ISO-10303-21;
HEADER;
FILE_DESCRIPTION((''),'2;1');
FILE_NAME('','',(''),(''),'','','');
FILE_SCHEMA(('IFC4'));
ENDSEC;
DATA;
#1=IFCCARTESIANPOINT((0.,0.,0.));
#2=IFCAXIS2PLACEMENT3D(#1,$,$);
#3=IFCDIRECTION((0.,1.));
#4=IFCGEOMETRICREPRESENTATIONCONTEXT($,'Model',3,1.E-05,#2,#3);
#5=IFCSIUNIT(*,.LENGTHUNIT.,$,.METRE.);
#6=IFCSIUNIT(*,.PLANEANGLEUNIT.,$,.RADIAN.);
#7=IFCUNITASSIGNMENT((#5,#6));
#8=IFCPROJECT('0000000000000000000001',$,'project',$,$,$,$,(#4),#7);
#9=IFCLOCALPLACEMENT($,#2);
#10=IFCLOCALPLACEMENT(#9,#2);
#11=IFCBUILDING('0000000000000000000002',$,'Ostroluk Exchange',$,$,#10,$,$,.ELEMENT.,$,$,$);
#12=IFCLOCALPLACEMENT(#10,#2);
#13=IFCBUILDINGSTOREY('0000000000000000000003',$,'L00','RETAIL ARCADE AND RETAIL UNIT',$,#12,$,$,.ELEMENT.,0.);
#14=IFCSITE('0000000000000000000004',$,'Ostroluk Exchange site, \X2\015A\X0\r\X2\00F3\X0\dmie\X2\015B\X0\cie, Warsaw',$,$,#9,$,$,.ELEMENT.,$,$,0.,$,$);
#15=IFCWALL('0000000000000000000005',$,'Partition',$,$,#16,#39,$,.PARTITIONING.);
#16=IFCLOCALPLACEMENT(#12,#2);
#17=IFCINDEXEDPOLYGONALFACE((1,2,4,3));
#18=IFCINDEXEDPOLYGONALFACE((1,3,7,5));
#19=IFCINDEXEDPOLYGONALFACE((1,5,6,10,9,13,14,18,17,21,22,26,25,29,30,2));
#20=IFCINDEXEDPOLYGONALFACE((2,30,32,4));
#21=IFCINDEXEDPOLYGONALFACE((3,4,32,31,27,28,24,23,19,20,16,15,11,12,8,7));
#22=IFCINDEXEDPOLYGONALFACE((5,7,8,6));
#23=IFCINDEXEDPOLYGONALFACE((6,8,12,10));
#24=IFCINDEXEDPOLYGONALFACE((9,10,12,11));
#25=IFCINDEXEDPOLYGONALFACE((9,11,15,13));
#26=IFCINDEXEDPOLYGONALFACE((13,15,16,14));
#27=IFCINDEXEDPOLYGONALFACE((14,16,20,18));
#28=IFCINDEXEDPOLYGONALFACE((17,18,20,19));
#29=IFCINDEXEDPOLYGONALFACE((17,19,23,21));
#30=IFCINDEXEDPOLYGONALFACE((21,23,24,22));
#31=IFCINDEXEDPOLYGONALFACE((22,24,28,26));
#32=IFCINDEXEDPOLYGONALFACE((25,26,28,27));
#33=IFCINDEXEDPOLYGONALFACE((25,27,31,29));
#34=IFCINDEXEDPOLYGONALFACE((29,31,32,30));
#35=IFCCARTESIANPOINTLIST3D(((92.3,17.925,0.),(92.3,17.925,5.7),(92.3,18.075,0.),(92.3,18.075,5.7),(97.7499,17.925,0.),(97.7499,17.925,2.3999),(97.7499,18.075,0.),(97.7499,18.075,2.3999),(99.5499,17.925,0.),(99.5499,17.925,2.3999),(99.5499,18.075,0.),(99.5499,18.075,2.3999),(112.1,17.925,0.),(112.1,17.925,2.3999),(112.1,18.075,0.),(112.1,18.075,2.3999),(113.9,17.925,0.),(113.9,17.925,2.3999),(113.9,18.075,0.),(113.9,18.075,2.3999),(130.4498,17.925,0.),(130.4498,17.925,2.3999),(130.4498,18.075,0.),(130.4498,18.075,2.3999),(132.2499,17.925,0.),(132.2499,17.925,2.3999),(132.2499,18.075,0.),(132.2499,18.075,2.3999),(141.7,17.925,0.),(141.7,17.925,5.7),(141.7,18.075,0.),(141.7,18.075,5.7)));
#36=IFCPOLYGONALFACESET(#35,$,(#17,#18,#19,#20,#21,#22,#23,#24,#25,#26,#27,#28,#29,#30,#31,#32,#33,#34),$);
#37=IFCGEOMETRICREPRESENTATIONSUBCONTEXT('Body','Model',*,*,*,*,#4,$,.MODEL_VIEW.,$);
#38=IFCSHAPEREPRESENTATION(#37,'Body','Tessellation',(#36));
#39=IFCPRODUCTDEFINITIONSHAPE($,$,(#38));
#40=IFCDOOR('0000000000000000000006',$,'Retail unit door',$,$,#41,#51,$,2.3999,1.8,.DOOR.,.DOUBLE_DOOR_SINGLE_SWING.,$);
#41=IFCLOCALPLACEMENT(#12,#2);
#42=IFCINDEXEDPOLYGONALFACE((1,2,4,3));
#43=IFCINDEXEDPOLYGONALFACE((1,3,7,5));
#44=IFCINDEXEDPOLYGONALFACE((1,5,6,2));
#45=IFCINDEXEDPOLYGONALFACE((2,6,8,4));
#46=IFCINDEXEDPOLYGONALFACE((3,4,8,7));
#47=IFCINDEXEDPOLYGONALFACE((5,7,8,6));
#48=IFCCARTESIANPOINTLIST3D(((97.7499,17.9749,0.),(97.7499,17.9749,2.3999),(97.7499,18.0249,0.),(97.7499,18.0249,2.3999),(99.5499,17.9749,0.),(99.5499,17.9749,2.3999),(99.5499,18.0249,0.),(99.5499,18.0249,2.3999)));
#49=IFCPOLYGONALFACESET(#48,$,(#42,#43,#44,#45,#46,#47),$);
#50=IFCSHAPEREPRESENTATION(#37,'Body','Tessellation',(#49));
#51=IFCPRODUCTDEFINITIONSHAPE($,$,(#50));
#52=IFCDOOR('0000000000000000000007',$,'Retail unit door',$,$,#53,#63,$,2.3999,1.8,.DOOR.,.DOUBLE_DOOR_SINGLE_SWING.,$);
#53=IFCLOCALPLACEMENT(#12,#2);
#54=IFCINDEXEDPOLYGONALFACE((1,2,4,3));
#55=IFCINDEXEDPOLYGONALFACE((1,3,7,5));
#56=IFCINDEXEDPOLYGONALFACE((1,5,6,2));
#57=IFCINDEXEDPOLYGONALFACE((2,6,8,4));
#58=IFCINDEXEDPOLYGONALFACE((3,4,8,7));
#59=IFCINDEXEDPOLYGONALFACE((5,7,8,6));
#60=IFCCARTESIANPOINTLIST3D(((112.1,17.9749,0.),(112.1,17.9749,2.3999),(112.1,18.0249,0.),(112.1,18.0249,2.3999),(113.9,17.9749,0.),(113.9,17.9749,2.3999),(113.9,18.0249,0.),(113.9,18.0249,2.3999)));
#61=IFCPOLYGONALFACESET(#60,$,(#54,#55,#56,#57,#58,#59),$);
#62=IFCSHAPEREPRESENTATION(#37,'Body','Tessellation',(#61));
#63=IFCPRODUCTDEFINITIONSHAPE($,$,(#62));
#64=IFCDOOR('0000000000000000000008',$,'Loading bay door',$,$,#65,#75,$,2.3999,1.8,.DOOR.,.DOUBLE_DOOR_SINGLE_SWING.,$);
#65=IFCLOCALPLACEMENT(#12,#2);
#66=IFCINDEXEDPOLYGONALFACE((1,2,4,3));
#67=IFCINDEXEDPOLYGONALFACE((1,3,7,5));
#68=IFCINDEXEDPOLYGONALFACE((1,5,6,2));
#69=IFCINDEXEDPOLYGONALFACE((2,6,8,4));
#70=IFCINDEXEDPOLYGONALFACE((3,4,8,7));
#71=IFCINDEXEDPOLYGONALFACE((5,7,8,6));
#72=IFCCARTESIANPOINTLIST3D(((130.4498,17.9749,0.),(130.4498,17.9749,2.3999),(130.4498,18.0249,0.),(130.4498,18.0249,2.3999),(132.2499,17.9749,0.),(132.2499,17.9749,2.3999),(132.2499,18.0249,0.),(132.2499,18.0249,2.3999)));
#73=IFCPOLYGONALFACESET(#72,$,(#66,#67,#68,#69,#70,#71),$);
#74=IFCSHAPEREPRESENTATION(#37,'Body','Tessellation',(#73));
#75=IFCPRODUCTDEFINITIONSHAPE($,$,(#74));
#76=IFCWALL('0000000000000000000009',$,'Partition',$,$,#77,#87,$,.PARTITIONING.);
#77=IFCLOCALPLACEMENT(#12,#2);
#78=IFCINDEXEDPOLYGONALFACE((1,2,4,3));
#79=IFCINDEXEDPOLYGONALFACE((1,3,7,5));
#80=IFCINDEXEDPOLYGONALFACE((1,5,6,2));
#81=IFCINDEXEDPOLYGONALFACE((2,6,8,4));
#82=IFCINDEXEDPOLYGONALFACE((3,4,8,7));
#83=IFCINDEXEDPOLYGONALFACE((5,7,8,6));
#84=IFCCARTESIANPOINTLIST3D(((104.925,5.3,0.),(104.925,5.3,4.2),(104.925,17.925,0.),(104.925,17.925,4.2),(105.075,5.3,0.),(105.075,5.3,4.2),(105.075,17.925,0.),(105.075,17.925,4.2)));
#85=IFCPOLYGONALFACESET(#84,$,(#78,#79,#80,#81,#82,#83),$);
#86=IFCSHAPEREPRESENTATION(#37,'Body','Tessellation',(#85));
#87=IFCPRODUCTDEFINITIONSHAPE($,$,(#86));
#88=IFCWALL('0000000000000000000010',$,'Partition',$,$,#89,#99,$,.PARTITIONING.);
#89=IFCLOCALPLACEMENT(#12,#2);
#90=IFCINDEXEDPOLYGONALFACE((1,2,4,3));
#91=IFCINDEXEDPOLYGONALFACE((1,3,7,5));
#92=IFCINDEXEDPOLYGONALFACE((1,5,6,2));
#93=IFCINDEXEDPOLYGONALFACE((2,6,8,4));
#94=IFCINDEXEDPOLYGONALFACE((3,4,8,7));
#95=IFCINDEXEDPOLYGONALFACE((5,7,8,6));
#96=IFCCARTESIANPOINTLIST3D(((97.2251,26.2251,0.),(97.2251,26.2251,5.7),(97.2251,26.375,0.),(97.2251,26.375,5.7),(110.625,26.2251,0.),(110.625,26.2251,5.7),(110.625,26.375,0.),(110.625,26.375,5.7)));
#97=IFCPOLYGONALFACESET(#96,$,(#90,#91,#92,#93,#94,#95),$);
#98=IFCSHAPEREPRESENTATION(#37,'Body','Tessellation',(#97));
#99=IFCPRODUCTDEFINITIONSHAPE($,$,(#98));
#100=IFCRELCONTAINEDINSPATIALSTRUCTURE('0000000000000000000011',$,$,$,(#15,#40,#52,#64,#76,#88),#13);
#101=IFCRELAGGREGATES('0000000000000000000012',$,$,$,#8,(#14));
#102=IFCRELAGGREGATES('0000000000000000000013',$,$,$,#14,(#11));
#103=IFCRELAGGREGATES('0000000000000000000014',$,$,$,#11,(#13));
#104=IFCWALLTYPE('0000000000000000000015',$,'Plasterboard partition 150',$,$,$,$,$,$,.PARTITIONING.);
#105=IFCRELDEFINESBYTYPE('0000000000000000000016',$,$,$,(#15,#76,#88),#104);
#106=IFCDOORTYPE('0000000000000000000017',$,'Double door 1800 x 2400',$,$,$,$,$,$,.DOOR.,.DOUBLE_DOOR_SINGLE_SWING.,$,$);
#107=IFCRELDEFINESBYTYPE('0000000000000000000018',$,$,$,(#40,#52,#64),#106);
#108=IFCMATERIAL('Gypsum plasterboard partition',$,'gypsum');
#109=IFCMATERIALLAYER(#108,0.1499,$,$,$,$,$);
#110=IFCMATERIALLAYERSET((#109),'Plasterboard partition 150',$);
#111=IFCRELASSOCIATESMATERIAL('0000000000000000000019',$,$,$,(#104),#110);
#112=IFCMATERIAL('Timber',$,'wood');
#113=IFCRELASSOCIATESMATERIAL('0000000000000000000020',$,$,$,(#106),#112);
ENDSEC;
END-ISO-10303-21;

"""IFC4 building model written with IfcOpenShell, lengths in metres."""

from ifc_helpers import new_model, si_unit, direction, frame, frame_2d, origin, place, context, subcontext, project, spatial, rectangle, extrude, material, layer, layer_set, type_object, element, fill, save


model = new_model("IFC4")

# Units and contexts
model_context = context("Model", 3, precision=1e-05, world=origin(), true_north=direction((0.0, 1.0)))
body_context = subcontext(model_context, "Body", "Model", "MODEL_VIEW")
ifc_project = project(units=[si_unit("LENGTHUNIT", "METRE"), si_unit("PLANEANGLEUNIT", "RADIAN")], contexts=[model_context])

# Site, building, storey
site_placement = place(None, origin())
site = spatial("IfcSite", under=ifc_project, at=site_placement, Name="Ostroluk Exchange site, Śródmieście, Warsaw", CompositionType="ELEMENT", RefElevation=0.0)
building_placement = place(site_placement, origin())
building = spatial("IfcBuilding", under=site, at=building_placement, Name="Ostroluk Exchange", CompositionType="ELEMENT")
storey_placement = place(building_placement, origin())
storey = spatial("IfcBuildingStorey", under=building, at=storey_placement, Name="L00", Description="RETAIL ARCADE AND RETAIL UNIT", CompositionType="ELEMENT", Elevation=0.0)

# Wall, openings, doors
ifc_material_1 = material(Name="Gypsum plasterboard partition", Category="gypsum")
ifc_layer = layer(ifc_material_1, 0.1499)
ifc_layer_set = layer_set([ifc_layer], Name="Plasterboard partition 150")
wall_type = type_object("IfcWallType", Name="Plasterboard partition 150", PredefinedType="PARTITIONING", material=ifc_layer_set)
wall_1_placement = place(storey_placement, frame((92.3, 18.0, 0.0), z_axis=(0.0, 0.0, 1.0), x_axis=(1.0, 0.0, 0.0)))
wall_1 = element("IfcWall", 1, at=wall_1_placement, inside=storey, type_object=wall_type, Name="Partition", PredefinedType="PARTITIONING", context=body_context, shape_type="SweptSolid", body=[
    extrude(rectangle(XDim=49.3999, YDim=0.1499, at=frame_2d((24.7, 0.0))), origin(), (0.0, 0.0, 1.0), 5.7),
])
opening_1_placement = place(wall_1_placement, frame((5.45, 0.0, 0.0)))
opening_1 = element("IfcOpeningElement", 2, at=opening_1_placement, cuts=wall_1, PredefinedType="OPENING", context=body_context, shape_type="SweptSolid", body=[
    extrude(rectangle(XDim=1.8, YDim=2.3999, at=frame_2d((0.8999, 1.2))), frame((0.0, 0.085, 0.0), z_axis=(0.0, -1.0, 0.0), x_axis=(1.0, 0.0, 0.0)), (0.0, 0.0, 1.0), 0.1699),
])
opening_2_placement = place(wall_1_placement, frame((19.8, 0.0, 0.0)))
opening_2 = element("IfcOpeningElement", 3, at=opening_2_placement, cuts=wall_1, PredefinedType="OPENING", context=body_context, shape_type="SweptSolid", body=[
    extrude(rectangle(XDim=1.8, YDim=2.3999, at=frame_2d((0.8999, 1.2))), frame((0.0, 0.085, 0.0), z_axis=(0.0, -1.0, 0.0), x_axis=(1.0, 0.0, 0.0)), (0.0, 0.0, 1.0), 0.1699),
])
opening_3_placement = place(wall_1_placement, frame((38.1499, 0.0, 0.0)))
opening_3 = element("IfcOpeningElement", 4, at=opening_3_placement, cuts=wall_1, PredefinedType="OPENING", context=body_context, shape_type="SweptSolid", body=[
    extrude(rectangle(XDim=1.8, YDim=2.3999, at=frame_2d((0.8999, 1.2))), frame((0.0, 0.085, 0.0), z_axis=(0.0, -1.0, 0.0), x_axis=(1.0, 0.0, 0.0)), (0.0, 0.0, 1.0), 0.1699),
])
ifc_material_2 = material(Name="Timber", Category="wood")
door_type = type_object("IfcDoorType", Name="Double door 1800 x 2400", OperationType="DOUBLE_DOOR_SINGLE_SWING", PredefinedType="DOOR", material=ifc_material_2)
door_1_placement = place(opening_1_placement, origin())
door_1 = element("IfcDoor", 5, at=door_1_placement, inside=storey, type_object=door_type, Name="Retail unit door", OperationType="DOUBLE_DOOR_SINGLE_SWING", OverallHeight=2.3999, OverallWidth=1.8, PredefinedType="DOOR", context=body_context, shape_type="SweptSolid", body=[
    extrude(rectangle(XDim=1.8, YDim=2.3999, at=frame_2d((0.8999, 1.2))), frame((0.0, 0.0249, 0.0), z_axis=(0.0, -1.0, 0.0), x_axis=(1.0, 0.0, 0.0)), (0.0, 0.0, 1.0), 0.05),
])
fill(opening_1, door_1)
door_2_placement = place(opening_2_placement, origin())
door_2 = element("IfcDoor", 6, at=door_2_placement, inside=storey, type_object=door_type, Name="Retail unit door", OperationType="DOUBLE_DOOR_SINGLE_SWING", OverallHeight=2.3999, OverallWidth=1.8, PredefinedType="DOOR", context=body_context, shape_type="SweptSolid", body=[
    extrude(rectangle(XDim=1.8, YDim=2.3999, at=frame_2d((0.8999, 1.2))), frame((0.0, 0.0249, 0.0), z_axis=(0.0, -1.0, 0.0), x_axis=(1.0, 0.0, 0.0)), (0.0, 0.0, 1.0), 0.05),
])
fill(opening_2, door_2)
door_3_placement = place(opening_3_placement, origin())
door_3 = element("IfcDoor", 7, at=door_3_placement, inside=storey, type_object=door_type, Name="Loading bay door", OperationType="DOUBLE_DOOR_SINGLE_SWING", OverallHeight=2.3999, OverallWidth=1.8, PredefinedType="DOOR", context=body_context, shape_type="SweptSolid", body=[
    extrude(rectangle(XDim=1.8, YDim=2.3999, at=frame_2d((0.8999, 1.2))), frame((0.0, 0.0249, 0.0), z_axis=(0.0, -1.0, 0.0), x_axis=(1.0, 0.0, 0.0)), (0.0, 0.0, 1.0), 0.05),
])
fill(opening_3, door_3)

# Walls
wall_2_placement = place(storey_placement, frame((105.0, 17.925, 0.0), z_axis=(0.0, 0.0, 1.0), x_axis=(0.0, -1.0, 0.0)))
element("IfcWall", 8, at=wall_2_placement, inside=storey, type_object=wall_type, Name="Partition", PredefinedType="PARTITIONING", context=body_context, shape_type="SweptSolid", body=[
    extrude(rectangle(XDim=12.625, YDim=0.1499, at=frame_2d((6.3125, 0.0))), origin(), (0.0, 0.0, 1.0), 4.2),
])
wall_3_placement = place(storey_placement, frame((97.2251, 26.3, 0.0), z_axis=(0.0, 0.0, 1.0), x_axis=(1.0, 0.0, 0.0)))
element("IfcWall", 9, at=wall_3_placement, inside=storey, type_object=wall_type, Name="Partition", PredefinedType="PARTITIONING", context=body_context, shape_type="SweptSolid", body=[
    extrude(rectangle(XDim=13.3999, YDim=0.1499, at=frame_2d((6.7, 0.0))), origin(), (0.0, 0.0, 1.0), 5.7),
])

save(model, "model.ifc")
